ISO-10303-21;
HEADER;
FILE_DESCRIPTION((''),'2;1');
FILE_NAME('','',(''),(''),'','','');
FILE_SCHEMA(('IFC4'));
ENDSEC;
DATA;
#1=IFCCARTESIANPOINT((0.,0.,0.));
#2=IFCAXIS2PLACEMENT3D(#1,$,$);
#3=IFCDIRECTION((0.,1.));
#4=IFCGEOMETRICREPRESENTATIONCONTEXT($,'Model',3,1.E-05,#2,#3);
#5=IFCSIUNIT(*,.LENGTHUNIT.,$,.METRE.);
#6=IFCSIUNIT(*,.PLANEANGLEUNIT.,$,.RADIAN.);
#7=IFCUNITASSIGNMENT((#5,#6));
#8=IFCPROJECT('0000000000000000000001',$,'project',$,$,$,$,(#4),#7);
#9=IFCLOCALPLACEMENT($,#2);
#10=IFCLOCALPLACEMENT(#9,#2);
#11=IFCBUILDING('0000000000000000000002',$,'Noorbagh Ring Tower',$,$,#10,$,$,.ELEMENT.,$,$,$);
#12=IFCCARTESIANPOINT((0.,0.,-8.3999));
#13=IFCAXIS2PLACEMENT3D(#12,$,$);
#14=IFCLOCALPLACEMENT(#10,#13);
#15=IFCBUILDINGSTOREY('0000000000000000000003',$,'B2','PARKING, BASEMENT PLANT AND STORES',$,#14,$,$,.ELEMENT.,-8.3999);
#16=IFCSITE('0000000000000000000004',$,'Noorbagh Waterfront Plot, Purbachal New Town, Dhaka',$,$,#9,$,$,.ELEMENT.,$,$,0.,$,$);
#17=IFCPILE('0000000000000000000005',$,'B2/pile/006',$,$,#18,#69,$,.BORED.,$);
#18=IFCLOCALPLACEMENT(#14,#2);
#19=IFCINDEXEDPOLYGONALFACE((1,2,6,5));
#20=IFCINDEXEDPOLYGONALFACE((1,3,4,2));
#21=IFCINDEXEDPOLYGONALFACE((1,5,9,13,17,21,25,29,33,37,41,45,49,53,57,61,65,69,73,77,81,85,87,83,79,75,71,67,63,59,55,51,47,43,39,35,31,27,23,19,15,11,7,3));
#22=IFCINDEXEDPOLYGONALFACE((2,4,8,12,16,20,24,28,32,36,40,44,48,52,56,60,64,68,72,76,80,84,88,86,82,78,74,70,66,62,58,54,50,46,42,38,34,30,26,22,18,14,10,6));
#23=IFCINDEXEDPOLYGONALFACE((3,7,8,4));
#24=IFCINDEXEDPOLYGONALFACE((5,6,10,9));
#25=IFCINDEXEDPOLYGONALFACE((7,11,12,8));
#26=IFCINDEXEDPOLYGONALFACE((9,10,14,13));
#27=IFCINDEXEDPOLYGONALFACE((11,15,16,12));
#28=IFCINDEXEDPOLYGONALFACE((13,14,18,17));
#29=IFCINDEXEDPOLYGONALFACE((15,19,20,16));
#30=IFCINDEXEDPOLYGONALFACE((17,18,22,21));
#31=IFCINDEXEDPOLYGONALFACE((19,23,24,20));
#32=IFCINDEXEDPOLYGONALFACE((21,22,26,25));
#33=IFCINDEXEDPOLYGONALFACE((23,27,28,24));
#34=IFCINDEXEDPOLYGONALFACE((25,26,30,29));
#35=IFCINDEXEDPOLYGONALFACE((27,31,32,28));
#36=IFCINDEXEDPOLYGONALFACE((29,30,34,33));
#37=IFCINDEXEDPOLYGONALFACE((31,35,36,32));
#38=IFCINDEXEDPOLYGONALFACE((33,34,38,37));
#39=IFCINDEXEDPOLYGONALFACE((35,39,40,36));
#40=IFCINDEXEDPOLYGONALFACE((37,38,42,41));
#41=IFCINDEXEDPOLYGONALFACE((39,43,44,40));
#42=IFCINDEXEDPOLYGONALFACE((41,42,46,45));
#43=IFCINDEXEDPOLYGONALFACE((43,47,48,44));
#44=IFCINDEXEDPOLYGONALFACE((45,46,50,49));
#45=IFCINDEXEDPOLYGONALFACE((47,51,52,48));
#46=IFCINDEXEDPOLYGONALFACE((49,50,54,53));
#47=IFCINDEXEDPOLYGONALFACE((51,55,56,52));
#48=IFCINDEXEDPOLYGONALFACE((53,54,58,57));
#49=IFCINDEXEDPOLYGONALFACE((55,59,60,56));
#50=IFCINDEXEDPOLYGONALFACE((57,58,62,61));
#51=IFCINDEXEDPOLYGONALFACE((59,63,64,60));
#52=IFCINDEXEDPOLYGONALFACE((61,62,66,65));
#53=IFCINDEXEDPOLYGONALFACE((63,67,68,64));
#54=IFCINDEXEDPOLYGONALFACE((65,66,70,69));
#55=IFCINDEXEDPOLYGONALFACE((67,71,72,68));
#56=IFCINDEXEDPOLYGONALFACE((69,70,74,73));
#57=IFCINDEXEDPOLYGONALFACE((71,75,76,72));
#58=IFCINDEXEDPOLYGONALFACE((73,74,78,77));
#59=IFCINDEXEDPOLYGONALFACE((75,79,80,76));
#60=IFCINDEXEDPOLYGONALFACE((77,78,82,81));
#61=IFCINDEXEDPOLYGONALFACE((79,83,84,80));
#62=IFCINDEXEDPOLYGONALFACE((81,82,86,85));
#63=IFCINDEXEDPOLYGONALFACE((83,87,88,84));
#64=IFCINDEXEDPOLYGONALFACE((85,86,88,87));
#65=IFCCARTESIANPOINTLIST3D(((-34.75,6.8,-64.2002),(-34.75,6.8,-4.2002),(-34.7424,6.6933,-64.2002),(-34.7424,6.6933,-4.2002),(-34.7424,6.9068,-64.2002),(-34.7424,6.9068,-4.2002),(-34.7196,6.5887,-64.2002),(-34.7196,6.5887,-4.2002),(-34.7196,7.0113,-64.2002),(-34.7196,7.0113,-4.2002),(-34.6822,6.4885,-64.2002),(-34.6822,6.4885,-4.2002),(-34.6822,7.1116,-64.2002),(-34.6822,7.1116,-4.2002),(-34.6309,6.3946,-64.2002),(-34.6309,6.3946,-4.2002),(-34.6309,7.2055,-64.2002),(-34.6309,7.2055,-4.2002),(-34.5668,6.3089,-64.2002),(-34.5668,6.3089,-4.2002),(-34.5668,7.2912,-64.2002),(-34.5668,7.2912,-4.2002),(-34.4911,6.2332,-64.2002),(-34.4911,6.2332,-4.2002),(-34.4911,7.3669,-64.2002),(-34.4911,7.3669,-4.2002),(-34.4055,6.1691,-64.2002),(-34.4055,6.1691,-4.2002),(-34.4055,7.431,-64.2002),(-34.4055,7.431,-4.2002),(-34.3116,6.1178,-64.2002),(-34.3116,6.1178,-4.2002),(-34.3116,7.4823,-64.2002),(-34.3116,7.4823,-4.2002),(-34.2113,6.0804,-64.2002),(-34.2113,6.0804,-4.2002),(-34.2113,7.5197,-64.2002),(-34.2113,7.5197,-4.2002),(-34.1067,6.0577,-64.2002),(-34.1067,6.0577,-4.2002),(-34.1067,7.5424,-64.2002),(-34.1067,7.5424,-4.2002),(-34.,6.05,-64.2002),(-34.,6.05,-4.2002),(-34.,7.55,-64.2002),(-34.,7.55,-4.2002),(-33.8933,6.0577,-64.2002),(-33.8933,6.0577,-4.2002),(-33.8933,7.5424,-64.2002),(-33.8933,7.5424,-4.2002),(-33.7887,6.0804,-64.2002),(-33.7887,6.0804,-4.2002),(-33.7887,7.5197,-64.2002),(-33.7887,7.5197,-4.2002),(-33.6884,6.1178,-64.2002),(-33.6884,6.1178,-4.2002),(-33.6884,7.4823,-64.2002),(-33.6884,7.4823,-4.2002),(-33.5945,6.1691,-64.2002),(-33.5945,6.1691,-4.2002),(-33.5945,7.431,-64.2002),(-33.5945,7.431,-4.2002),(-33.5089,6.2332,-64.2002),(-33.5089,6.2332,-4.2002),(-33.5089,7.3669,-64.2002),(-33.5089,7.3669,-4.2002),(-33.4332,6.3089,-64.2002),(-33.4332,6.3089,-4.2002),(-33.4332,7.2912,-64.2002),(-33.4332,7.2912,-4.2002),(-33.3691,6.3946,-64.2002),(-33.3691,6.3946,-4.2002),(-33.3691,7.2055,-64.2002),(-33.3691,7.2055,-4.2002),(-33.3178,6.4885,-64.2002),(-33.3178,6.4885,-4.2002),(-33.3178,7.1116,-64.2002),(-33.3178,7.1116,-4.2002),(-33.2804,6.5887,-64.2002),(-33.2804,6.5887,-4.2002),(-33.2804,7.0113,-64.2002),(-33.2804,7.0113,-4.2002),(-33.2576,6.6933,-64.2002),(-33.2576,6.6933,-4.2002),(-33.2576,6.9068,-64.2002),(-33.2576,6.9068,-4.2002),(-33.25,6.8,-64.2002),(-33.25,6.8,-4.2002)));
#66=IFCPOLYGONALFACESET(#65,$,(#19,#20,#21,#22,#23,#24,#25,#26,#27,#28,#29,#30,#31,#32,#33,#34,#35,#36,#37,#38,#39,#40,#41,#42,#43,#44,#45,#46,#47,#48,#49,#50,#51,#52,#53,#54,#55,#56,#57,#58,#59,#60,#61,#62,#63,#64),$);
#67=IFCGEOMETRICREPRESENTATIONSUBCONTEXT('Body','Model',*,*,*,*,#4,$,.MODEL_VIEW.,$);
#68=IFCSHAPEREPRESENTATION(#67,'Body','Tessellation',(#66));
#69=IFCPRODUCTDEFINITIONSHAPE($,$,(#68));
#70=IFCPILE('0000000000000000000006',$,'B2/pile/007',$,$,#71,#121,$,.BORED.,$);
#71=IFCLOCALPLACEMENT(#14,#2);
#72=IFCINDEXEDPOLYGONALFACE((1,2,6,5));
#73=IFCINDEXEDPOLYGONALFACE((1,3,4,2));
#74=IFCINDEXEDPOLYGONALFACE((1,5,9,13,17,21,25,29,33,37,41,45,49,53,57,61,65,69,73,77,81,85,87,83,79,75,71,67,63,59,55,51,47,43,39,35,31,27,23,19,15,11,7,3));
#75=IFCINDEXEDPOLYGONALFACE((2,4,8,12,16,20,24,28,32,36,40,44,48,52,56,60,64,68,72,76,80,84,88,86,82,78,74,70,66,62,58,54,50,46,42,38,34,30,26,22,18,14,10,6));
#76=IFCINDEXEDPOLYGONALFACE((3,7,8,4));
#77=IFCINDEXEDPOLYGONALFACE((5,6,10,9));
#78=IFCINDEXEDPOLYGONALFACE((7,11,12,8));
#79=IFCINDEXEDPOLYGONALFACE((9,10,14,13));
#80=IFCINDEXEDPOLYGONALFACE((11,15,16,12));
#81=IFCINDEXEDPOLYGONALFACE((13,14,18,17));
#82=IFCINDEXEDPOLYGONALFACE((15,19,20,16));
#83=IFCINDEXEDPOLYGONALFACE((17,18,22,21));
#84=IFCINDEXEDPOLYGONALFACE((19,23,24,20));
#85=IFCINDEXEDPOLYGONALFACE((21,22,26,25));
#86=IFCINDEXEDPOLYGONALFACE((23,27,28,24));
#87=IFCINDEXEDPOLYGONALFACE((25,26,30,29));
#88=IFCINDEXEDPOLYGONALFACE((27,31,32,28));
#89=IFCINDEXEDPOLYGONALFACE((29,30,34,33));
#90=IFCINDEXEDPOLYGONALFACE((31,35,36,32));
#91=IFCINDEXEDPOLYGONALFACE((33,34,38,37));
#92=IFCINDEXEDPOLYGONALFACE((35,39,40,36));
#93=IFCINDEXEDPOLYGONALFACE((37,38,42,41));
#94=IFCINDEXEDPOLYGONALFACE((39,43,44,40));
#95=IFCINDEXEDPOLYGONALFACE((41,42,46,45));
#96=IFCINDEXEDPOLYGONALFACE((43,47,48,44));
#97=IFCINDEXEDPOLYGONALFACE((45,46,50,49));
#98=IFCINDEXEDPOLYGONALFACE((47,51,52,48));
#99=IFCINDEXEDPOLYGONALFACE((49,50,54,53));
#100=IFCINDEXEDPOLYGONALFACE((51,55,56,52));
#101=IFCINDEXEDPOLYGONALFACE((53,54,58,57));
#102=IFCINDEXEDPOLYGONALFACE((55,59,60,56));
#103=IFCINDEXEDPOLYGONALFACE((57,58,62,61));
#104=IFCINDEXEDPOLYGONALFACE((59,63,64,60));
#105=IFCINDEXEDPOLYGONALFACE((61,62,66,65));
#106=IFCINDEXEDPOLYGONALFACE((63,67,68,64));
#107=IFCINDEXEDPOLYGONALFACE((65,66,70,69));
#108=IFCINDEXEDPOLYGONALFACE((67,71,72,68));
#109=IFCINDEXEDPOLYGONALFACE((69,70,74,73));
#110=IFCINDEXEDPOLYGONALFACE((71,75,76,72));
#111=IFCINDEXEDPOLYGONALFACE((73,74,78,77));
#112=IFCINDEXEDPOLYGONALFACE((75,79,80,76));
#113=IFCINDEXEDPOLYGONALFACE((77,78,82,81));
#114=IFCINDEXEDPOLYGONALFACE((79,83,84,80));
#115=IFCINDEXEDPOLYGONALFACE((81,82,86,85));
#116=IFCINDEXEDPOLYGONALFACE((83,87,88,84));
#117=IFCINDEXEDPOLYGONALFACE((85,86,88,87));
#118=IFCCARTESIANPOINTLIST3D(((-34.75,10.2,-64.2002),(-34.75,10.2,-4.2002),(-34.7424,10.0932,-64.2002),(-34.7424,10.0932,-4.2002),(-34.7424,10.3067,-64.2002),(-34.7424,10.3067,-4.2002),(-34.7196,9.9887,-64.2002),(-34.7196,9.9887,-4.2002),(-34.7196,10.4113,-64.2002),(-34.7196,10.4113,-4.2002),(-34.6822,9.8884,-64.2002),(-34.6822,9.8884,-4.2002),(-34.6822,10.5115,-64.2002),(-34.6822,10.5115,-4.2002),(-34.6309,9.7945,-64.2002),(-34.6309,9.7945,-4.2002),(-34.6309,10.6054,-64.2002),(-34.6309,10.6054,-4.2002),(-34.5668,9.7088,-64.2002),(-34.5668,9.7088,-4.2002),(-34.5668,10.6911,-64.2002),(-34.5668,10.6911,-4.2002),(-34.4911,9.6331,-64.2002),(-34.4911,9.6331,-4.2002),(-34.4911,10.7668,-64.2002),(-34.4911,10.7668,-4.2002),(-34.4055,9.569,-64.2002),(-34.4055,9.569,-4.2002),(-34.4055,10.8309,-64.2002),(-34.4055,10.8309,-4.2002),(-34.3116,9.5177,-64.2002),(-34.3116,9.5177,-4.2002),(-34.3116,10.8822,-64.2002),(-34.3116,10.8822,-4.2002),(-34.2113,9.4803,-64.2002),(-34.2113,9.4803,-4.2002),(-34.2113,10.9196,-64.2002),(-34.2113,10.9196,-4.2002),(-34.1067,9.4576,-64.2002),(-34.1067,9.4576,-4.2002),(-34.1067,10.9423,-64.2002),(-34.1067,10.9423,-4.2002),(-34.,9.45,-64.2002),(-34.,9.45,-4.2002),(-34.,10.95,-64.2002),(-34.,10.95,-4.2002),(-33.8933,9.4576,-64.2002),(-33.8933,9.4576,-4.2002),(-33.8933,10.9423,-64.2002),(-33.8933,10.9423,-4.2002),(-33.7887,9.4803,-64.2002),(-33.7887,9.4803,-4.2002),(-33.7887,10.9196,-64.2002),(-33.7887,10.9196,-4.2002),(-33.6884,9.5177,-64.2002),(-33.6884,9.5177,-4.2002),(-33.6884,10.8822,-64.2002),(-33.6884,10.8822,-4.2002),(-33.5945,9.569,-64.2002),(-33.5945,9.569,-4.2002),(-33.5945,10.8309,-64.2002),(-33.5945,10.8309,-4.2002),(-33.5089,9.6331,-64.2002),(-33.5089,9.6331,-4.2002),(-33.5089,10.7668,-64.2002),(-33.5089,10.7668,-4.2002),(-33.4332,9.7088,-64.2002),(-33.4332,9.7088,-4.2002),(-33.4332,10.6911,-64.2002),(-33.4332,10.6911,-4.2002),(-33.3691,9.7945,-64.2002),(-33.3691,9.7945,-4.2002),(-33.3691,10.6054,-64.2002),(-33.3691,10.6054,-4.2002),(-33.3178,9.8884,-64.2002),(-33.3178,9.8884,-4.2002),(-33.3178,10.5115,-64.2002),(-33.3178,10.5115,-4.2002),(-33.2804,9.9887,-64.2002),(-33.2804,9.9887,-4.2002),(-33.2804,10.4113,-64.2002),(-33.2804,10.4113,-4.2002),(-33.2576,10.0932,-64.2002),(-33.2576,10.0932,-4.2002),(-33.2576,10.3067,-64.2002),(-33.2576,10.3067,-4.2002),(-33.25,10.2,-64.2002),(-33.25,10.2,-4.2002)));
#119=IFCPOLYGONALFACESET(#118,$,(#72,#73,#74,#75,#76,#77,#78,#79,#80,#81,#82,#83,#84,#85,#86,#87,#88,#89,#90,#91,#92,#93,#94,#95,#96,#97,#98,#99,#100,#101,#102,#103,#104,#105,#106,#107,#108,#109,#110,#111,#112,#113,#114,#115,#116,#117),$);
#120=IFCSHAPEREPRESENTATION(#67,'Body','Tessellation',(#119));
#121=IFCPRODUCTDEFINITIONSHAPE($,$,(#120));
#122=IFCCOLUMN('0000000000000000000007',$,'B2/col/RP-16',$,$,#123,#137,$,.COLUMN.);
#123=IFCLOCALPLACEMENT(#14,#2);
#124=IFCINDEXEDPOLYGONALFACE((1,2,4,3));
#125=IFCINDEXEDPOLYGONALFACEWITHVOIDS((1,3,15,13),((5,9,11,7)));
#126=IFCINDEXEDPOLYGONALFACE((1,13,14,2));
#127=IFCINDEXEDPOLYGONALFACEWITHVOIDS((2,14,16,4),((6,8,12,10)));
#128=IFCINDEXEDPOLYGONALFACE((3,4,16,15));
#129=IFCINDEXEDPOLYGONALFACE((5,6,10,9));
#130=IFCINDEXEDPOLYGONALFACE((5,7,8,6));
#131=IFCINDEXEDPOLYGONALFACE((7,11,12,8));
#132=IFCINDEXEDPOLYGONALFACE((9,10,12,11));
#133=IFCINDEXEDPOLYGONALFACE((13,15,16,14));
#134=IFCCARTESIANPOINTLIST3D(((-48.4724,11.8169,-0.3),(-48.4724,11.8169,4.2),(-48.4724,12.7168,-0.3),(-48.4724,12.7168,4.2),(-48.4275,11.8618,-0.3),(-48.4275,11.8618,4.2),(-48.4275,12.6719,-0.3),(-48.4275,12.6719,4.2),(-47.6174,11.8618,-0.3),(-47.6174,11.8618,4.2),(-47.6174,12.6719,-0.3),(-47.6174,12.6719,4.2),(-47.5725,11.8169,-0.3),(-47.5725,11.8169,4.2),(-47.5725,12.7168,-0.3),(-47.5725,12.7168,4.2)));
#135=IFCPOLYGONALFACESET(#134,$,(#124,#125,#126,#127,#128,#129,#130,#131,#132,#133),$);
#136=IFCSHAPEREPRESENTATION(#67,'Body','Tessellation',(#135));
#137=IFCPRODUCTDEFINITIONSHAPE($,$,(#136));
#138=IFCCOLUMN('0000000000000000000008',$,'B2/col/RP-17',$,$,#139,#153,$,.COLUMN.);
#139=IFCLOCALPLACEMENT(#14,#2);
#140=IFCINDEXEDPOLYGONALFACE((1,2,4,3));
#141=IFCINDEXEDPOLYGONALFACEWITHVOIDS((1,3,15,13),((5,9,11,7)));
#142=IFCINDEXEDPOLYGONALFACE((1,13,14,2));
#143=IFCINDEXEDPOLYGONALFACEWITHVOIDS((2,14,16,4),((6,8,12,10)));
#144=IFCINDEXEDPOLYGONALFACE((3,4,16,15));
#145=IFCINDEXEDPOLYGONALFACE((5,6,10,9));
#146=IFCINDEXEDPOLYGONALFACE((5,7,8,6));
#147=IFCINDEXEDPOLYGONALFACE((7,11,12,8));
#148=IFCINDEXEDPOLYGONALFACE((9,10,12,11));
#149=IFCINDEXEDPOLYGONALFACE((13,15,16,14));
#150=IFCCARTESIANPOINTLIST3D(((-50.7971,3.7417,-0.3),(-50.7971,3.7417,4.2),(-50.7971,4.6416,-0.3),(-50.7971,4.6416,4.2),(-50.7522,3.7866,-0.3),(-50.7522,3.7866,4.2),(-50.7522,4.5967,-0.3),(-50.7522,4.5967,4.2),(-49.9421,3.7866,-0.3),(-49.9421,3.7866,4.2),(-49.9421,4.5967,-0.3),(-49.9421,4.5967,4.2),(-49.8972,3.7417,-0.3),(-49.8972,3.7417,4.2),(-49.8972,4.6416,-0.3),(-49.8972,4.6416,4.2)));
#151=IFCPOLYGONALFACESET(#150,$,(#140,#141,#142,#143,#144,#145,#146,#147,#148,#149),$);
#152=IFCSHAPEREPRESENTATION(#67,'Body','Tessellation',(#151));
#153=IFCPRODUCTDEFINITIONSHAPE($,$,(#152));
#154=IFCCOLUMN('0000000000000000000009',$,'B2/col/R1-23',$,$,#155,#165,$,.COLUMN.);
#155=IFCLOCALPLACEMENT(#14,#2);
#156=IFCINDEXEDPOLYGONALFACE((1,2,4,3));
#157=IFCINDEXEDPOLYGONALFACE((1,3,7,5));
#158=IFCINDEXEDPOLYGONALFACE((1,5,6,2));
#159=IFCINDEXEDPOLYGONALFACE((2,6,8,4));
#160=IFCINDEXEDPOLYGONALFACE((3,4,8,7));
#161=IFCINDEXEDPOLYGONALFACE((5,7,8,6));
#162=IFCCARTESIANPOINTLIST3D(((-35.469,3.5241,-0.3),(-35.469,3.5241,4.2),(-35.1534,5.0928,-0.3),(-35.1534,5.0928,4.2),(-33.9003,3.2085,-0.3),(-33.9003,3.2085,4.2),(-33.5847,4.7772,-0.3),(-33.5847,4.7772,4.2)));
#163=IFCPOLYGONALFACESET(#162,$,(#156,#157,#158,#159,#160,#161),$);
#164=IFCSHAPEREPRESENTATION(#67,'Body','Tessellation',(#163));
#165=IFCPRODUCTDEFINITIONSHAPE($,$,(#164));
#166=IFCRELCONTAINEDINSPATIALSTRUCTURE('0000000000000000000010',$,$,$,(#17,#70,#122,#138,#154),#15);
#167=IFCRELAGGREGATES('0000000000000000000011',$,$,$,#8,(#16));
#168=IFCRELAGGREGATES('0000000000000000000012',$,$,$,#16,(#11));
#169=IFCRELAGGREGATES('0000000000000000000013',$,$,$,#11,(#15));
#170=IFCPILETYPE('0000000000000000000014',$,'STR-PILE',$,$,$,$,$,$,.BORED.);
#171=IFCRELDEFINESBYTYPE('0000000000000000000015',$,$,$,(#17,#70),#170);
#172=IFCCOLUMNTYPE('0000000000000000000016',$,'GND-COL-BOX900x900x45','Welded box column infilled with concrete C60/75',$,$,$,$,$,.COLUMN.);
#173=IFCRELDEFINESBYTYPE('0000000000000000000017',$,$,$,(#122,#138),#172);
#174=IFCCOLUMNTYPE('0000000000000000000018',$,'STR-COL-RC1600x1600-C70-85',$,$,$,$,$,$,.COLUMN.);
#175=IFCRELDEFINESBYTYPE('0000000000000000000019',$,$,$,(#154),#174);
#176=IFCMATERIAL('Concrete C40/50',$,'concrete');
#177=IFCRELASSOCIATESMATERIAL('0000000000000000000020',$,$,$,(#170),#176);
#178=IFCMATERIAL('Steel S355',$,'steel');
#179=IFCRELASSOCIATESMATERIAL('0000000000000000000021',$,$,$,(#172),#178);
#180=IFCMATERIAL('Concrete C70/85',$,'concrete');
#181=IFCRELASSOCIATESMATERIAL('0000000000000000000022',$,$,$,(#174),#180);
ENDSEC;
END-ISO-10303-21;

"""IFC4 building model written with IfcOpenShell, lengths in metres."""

from ifc_helpers import new_model, si_unit, direction, frame, origin, origin_2d, place, context, subcontext, project, spatial, rectangle, hollow_rectangle, circle, extrude, material, material_profile, profile_set, type_object, element, save


model = new_model("IFC4")

# Units and contexts
model_context = context("Model", 3, precision=1e-05, world=origin(), true_north=direction((0.0, 1.0)))
body_context = subcontext(model_context, "Body", "Model", "MODEL_VIEW")
ifc_project = project(units=[si_unit("LENGTHUNIT", "METRE"), si_unit("PLANEANGLEUNIT", "RADIAN")], contexts=[model_context])

# Site, building, storey
site_placement = place(None, origin())
site = spatial("IfcSite", under=ifc_project, at=site_placement, Name="Noorbagh Waterfront Plot, Purbachal New Town, Dhaka", CompositionType="ELEMENT", RefElevation=0.0)
building_placement = place(site_placement, origin())
building = spatial("IfcBuilding", under=site, at=building_placement, Name="Noorbagh Ring Tower", CompositionType="ELEMENT")
storey_placement = place(building_placement, frame((0.0, 0.0, -8.3999)))
storey = spatial("IfcBuildingStorey", under=building, at=storey_placement, Name="B2", Description="PARKING, BASEMENT PLANT AND STORES", CompositionType="ELEMENT", Elevation=-8.3999)

# Piles
ifc_material_1 = material(Name="Concrete C40/50", Category="concrete")
ifc_material_profile_1 = material_profile(ifc_material_1, circle(Radius=0.75, at=origin_2d()), Name="PILE1500")
ifc_profile_set_1 = profile_set([ifc_material_profile_1], Name="Concrete C40/50")
pile_type_1 = type_object("IfcPileType", Name="STR-PILE", PredefinedType="BORED", material=ifc_profile_set_1)
for number, where, z_axis, x_axis, name in (
    (1, (-34.0, 6.8, -4.2002), (0.0, 0.0, -1.0), (1.0, 0.0, 0.0), "B2/pile/006"),
    (2, (-34.0, 10.2, -4.2002), (0.0, 0.0, -1.0), (1.0, 0.0, 0.0), "B2/pile/007"),
):
    element("IfcPile", number, at=place(storey_placement, frame(where, z_axis=z_axis, x_axis=x_axis)), inside=storey, type_object=pile_type_1, Name=name, PredefinedType="BORED", context=body_context, shape_type="SweptSolid", body=[
        extrude(circle(Radius=0.75, at=origin_2d()), origin(), (0.0, 0.0, 1.0), 60.0),
    ])

# Columns
ifc_material_2 = material(Name="Steel S355", Category="steel")
ifc_material_profile_2 = material_profile(ifc_material_2, hollow_rectangle(XDim=0.8999, YDim=0.8999, WallThickness=0.0449, at=origin_2d()), Name="BOX900x900x45")
ifc_profile_set_2 = profile_set([ifc_material_profile_2], Name="Steel S355")
column_type_1 = type_object("IfcColumnType", Name="GND-COL-BOX900x900x45", Description="Welded box column infilled with concrete C60/75", PredefinedType="COLUMN", material=ifc_profile_set_2)
for number, where, z_axis, x_axis, name in (
    (3, (-48.0225, 12.2668, -0.3), (0.0, 0.0, 1.0), (1.0, 0.0, 0.0), "B2/col/RP-16"),
    (4, (-50.3472, 4.1917, -0.3), (0.0, 0.0, 1.0), (1.0, 0.0, 0.0), "B2/col/RP-17"),
):
    element("IfcColumn", number, at=place(storey_placement, frame(where, z_axis=z_axis, x_axis=x_axis)), inside=storey, type_object=column_type_1, Name=name, PredefinedType="COLUMN", context=body_context, shape_type="SweptSolid", body=[
        extrude(hollow_rectangle(XDim=0.8999, YDim=0.8999, WallThickness=0.0449, at=origin_2d()), origin(), (0.0, 0.0, 1.0), 4.5),
    ])
ifc_material_3 = material(Name="Concrete C70/85", Category="concrete")
ifc_material_profile_3 = material_profile(ifc_material_3, rectangle(XDim=1.6001, YDim=1.6001, at=origin_2d()), Name="RC1600x1600")
ifc_profile_set_3 = profile_set([ifc_material_profile_3], Name="Concrete C70/85")
column_type_2 = type_object("IfcColumnType", Name="STR-COL-RC1600x1600-C70-85", PredefinedType="COLUMN", material=ifc_profile_set_3)
column_placement = place(storey_placement, frame((-34.5269, 4.1506, -0.3), z_axis=(0.0, 0.0, 1.0), x_axis=(-0.19723, -0.980357, 0.0)))
element("IfcColumn", 5, at=column_placement, inside=storey, type_object=column_type_2, Name="B2/col/R1-23", PredefinedType="COLUMN", context=body_context, shape_type="SweptSolid", body=[
    extrude(rectangle(XDim=1.6001, YDim=1.6001, at=origin_2d()), origin(), (0.0, 0.0, 1.0), 4.5),
])

save(model, "model.ifc")
